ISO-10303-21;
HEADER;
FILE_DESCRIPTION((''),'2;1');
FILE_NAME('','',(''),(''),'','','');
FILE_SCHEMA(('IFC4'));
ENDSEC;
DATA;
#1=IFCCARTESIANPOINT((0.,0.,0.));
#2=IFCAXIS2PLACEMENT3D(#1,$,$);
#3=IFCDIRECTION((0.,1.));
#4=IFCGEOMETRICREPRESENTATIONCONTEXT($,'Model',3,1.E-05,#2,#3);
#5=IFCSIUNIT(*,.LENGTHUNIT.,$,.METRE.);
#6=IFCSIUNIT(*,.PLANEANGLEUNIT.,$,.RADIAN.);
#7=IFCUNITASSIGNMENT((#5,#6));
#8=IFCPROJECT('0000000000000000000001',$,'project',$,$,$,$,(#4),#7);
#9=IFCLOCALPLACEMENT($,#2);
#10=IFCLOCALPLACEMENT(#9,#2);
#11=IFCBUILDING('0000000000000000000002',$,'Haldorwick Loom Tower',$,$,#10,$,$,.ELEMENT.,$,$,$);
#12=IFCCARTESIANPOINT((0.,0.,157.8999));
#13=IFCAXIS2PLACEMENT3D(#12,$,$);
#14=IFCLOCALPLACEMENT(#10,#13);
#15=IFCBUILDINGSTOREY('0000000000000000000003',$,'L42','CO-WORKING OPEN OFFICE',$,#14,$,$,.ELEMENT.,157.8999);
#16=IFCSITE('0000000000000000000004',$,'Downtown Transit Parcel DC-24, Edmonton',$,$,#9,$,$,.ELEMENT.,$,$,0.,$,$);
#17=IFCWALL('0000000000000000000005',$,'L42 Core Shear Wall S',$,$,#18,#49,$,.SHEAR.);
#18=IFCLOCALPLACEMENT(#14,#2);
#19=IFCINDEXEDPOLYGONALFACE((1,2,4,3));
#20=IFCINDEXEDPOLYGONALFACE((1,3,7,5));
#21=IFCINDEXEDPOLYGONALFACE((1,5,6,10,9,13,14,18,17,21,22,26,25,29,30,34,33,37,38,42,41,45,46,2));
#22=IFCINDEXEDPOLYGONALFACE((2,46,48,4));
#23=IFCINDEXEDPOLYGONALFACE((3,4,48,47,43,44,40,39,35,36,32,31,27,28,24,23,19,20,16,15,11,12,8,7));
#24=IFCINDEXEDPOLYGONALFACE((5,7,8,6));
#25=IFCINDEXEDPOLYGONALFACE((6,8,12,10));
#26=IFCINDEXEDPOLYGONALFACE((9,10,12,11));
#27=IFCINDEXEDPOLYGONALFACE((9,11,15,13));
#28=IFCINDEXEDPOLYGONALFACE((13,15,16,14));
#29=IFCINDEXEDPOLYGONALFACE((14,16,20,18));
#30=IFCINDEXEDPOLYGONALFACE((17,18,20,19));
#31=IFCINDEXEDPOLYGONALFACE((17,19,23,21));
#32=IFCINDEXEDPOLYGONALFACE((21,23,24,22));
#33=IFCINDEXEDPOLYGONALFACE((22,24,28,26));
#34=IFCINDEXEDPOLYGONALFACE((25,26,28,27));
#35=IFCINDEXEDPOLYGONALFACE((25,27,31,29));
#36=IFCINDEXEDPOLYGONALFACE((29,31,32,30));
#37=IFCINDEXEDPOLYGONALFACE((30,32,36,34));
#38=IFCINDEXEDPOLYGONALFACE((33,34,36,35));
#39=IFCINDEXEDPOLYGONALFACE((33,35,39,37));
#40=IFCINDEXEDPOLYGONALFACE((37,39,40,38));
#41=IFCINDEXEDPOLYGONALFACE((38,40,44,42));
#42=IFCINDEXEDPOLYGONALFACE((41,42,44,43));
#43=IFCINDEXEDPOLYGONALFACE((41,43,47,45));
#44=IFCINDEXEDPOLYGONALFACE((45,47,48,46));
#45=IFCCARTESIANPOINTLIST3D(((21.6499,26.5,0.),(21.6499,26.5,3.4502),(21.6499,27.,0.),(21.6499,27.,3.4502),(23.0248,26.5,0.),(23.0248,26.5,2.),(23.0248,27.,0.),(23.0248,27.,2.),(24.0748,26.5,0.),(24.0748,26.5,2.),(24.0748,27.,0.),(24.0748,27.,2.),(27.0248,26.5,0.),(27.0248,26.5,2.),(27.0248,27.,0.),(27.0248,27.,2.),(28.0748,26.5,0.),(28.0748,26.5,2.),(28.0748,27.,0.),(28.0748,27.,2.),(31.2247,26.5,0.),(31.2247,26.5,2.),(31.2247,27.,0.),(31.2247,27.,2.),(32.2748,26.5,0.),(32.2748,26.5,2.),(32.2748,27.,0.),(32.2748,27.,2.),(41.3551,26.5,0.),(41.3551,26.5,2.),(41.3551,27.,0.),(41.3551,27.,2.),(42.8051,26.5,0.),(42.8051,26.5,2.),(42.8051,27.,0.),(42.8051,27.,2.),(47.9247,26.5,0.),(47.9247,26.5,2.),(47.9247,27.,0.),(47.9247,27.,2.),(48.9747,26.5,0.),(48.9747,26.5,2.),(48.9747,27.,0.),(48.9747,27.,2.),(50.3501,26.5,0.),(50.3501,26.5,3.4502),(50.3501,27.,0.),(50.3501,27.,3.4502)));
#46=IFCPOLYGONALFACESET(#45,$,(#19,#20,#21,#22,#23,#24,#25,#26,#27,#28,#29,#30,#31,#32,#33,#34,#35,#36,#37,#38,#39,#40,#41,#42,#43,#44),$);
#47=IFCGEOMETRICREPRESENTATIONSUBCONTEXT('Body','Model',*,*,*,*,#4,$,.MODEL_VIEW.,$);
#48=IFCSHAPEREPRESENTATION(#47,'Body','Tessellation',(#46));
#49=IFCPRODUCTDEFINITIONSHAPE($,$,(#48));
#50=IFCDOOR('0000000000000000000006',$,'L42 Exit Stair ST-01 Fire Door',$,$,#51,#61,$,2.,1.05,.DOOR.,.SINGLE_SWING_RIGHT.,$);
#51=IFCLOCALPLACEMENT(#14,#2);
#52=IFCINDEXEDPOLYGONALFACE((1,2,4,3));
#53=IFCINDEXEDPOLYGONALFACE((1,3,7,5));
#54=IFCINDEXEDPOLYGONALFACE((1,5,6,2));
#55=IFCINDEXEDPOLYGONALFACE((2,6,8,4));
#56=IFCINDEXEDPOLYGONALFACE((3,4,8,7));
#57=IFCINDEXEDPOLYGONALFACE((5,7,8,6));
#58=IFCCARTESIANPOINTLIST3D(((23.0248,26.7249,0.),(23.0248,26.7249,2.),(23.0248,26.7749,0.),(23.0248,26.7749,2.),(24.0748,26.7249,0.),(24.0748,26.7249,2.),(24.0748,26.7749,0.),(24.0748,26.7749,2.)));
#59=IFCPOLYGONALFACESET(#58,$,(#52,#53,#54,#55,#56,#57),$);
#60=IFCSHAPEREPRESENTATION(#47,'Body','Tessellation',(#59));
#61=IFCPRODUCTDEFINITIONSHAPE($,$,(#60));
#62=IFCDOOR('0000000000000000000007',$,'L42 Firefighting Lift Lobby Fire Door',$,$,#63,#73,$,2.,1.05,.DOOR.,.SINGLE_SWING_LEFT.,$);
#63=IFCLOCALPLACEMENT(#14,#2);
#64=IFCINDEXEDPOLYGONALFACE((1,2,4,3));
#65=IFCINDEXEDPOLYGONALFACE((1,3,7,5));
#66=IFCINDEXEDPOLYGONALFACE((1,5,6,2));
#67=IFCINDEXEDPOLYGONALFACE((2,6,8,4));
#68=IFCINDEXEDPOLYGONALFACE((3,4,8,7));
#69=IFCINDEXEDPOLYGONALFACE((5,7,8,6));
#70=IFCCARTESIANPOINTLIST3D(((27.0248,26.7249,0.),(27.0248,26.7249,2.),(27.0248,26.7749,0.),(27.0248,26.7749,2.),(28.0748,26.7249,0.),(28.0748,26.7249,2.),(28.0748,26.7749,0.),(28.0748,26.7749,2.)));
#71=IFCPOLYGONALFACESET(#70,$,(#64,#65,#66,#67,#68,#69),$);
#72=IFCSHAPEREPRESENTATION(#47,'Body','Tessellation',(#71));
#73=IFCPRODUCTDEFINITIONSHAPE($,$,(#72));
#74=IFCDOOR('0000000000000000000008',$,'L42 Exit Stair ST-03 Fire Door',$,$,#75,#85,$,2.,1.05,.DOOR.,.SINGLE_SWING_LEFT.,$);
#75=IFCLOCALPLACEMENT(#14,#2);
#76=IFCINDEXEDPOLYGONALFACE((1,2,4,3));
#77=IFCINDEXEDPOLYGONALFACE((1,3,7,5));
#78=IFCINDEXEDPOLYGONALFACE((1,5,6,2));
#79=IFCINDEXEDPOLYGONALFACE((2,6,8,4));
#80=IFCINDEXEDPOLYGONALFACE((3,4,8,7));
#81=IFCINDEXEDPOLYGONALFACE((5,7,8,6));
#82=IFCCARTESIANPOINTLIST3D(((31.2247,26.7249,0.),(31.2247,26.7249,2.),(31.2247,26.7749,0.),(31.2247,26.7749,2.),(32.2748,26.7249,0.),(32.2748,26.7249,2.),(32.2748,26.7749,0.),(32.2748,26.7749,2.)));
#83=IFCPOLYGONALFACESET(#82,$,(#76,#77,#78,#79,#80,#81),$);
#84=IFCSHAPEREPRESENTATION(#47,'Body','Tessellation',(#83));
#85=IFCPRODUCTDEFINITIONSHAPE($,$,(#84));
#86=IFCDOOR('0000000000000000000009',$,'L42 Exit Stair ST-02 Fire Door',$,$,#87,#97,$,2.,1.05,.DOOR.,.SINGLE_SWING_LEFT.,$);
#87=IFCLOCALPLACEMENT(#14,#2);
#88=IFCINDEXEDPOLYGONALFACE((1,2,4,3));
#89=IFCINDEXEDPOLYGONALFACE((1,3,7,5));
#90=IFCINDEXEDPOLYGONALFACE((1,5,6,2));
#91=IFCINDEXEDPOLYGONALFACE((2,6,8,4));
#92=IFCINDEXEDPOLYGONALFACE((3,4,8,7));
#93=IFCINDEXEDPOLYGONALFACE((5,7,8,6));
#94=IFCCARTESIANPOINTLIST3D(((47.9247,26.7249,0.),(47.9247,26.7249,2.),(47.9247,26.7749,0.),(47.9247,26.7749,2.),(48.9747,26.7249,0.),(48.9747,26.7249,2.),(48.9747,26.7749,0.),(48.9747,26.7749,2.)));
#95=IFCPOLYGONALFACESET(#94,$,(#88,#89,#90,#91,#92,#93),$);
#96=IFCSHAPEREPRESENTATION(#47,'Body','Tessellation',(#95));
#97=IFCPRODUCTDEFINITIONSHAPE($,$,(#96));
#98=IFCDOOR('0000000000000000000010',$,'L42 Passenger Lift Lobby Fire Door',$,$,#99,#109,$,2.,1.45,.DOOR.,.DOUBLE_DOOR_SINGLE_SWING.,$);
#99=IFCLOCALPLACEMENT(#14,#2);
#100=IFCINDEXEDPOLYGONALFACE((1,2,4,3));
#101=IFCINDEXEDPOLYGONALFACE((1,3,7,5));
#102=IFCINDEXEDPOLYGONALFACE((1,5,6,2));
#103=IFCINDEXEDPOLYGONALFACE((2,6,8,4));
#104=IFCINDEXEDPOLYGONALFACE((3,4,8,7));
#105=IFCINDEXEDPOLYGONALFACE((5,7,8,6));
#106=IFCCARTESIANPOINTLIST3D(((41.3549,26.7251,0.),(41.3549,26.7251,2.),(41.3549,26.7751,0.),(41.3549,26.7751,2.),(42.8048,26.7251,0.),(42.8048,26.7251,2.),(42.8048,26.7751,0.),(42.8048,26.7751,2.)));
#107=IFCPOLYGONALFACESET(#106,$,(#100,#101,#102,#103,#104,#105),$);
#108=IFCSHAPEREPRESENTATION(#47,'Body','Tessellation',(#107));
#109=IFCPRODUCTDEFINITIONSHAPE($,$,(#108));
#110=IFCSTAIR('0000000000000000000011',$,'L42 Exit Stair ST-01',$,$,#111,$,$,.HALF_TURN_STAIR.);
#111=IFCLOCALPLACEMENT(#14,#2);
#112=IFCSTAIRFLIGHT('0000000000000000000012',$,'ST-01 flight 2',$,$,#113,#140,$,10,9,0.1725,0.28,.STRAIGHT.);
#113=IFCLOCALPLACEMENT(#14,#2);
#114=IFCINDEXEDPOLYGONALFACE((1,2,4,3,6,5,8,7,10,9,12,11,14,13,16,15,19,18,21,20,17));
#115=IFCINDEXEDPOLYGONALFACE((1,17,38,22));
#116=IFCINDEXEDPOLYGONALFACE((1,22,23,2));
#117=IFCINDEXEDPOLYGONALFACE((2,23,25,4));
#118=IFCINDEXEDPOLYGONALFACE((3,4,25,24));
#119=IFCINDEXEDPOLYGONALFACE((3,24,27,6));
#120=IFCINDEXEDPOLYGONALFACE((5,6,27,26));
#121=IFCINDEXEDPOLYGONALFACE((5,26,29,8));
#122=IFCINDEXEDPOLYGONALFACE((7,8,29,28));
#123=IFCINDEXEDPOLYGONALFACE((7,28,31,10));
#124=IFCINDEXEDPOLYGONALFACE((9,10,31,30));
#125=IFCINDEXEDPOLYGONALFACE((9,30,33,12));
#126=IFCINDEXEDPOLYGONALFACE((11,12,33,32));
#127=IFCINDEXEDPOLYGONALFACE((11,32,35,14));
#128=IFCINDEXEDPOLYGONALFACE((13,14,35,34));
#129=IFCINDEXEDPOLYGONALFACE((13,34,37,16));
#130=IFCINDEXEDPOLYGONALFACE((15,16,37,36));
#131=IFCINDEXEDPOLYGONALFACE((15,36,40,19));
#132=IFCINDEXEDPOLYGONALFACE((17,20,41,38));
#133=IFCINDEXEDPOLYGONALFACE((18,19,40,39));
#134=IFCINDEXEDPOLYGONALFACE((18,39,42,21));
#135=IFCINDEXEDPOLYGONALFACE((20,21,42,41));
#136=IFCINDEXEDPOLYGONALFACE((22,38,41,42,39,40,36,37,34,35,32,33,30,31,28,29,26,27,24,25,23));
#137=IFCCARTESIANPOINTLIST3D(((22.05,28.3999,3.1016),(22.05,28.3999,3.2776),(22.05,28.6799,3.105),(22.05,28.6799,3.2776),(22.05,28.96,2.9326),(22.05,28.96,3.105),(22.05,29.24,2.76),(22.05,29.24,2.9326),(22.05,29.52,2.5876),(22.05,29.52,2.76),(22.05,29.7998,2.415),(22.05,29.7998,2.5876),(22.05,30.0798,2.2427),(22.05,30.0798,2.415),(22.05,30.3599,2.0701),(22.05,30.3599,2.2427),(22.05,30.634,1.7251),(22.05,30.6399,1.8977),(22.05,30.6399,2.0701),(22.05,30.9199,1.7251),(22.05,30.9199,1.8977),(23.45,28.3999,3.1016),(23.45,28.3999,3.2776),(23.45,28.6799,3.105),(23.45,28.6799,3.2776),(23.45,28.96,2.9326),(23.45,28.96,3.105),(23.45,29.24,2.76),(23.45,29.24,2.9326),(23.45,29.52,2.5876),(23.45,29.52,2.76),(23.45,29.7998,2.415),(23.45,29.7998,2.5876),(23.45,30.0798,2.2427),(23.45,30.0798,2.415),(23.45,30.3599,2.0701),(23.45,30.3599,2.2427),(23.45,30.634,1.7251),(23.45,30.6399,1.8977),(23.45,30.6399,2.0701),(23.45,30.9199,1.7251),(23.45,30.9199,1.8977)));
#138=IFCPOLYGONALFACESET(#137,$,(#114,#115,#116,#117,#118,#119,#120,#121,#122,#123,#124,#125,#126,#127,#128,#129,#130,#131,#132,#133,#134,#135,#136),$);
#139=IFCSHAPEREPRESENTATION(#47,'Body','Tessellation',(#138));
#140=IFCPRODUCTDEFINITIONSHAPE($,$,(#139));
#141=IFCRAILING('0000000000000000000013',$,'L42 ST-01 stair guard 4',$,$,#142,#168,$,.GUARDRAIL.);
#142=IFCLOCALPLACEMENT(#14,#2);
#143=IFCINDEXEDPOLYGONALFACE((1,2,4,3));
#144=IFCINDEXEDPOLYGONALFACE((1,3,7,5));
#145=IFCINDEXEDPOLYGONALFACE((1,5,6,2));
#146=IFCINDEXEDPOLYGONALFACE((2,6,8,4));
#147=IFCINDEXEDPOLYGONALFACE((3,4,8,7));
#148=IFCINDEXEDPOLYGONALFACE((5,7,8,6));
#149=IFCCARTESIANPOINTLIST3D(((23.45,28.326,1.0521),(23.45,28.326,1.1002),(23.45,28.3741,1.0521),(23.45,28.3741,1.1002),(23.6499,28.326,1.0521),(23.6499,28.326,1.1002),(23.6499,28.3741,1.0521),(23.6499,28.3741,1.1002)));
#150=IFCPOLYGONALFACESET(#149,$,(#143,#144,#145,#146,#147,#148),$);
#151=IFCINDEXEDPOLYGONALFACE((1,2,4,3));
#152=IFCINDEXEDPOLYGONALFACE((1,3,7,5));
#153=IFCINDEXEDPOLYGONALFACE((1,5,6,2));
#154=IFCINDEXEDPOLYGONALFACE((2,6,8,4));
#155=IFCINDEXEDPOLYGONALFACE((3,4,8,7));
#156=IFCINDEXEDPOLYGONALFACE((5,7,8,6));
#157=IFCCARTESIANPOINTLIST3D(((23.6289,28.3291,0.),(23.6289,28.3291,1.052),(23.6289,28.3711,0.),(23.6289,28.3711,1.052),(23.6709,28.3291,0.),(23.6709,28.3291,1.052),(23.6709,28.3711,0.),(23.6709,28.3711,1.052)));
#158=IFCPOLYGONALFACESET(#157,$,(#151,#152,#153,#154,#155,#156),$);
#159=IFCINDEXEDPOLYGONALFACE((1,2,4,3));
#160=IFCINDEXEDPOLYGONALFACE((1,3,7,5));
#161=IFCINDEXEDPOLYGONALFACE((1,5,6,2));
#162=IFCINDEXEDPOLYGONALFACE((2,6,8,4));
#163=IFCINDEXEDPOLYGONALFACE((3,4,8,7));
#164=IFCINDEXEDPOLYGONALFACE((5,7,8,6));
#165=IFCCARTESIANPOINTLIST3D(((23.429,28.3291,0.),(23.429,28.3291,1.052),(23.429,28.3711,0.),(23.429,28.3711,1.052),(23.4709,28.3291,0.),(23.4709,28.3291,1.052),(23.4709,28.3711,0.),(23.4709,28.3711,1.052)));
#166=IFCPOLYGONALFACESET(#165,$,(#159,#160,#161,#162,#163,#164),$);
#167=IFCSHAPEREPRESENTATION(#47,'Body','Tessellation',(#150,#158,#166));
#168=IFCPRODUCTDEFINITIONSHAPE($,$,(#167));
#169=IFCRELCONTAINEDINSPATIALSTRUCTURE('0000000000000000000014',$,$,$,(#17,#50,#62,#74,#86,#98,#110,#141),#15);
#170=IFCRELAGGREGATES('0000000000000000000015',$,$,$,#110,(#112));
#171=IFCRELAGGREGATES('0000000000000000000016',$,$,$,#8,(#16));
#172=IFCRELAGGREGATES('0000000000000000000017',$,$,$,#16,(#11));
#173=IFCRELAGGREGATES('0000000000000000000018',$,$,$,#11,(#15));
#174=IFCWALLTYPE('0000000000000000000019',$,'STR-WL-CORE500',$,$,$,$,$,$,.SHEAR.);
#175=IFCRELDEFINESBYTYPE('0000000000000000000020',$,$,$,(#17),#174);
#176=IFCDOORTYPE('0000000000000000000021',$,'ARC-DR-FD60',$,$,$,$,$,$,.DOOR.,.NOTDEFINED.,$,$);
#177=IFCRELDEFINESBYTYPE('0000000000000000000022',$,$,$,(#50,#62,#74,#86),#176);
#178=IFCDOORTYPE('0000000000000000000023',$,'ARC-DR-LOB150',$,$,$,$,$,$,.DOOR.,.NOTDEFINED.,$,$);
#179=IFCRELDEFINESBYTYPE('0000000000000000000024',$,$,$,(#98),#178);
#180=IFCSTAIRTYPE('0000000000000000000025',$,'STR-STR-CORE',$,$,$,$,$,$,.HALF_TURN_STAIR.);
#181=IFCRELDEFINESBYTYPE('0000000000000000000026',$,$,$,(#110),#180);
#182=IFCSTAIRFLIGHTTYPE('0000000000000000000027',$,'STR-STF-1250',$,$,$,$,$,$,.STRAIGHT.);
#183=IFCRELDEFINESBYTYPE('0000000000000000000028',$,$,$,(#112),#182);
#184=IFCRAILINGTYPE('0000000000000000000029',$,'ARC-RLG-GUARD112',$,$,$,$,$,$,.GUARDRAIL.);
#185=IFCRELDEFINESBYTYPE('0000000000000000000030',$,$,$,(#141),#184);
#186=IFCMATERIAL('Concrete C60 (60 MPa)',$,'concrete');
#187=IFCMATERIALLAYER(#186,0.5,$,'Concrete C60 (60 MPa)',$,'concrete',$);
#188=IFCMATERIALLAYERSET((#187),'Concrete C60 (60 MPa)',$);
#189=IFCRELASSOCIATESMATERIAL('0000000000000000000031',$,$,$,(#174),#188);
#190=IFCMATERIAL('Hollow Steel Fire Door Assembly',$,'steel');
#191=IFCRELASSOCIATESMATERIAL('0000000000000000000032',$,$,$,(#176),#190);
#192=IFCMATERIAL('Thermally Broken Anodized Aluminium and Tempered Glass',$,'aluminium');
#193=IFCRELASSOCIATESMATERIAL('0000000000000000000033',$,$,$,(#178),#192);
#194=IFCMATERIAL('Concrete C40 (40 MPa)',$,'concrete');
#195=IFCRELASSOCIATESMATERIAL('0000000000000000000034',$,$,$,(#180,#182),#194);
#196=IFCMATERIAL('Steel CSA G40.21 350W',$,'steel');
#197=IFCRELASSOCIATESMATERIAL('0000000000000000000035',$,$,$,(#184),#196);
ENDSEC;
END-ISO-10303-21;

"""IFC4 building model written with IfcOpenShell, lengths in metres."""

from ifc_helpers import new_model, si_unit, direction, frame, frame_2d, origin, origin_2d, place, context, subcontext, project, spatial, polyline, rectangle, outline, extrude, material, layer, layer_set, type_object, element, fill, aggregate, save


model = new_model("IFC4")

# Units and contexts
model_context = context("Model", 3, precision=1e-05, world=origin(), true_north=direction((0.0, 1.0)))
body_context = subcontext(model_context, "Body", "Model", "MODEL_VIEW")
ifc_project = project(units=[si_unit("LENGTHUNIT", "METRE"), si_unit("PLANEANGLEUNIT", "RADIAN")], contexts=[model_context])

# Site, building, storey
site_placement = place(None, origin())
site = spatial("IfcSite", under=ifc_project, at=site_placement, Name="Downtown Transit Parcel DC-24, Edmonton", CompositionType="ELEMENT", RefElevation=0.0)
building_placement = place(site_placement, origin())
building = spatial("IfcBuilding", under=site, at=building_placement, Name="Haldorwick Loom Tower", CompositionType="ELEMENT")
storey_placement = place(building_placement, frame((0.0, 0.0, 157.8999)))
storey = spatial("IfcBuildingStorey", under=building, at=storey_placement, Name="L42", Description="CO-WORKING OPEN OFFICE", CompositionType="ELEMENT", Elevation=157.8999)

# Shared definitions
ifc_material_1 = material(Name="Steel CSA G40.21 350W", Category="steel")
ifc_material_2 = material(Name="Concrete C60 (60 MPa)", Category="concrete")

# Wall, openings, doors
ifc_layer_1 = layer(ifc_material_2, 0.5, Name="Concrete C60 (60 MPa)", Category="concrete")
ifc_layer_set_1 = layer_set([ifc_layer_1], Name="Concrete C60 (60 MPa)")
wall_type_1 = type_object("IfcWallType", Name="STR-WL-CORE500", PredefinedType="SHEAR", material=ifc_layer_set_1)
wall_1_placement = place(storey_placement, frame((21.6499, 26.75, 0.0), z_axis=(0.0, 0.0, 1.0), x_axis=(1.0, 0.0, 0.0)))
wall_1 = element("IfcWall", 1, at=wall_1_placement, inside=storey, type_object=wall_type_1, Name="L42 Core Shear Wall S", PredefinedType="SHEAR", context=body_context, shape_type="SweptSolid", body=[
    extrude(rectangle(XDim=28.7002, YDim=0.5, at=frame_2d((14.3501, 0.0))), origin(), (0.0, 0.0, 1.0), 3.4502),
])
opening_1_placement = place(wall_1_placement, frame((1.375, 0.0, 0.0)))
opening_1 = element("IfcOpeningElement", 2, at=opening_1_placement, cuts=wall_1, PredefinedType="OPENING", context=body_context, shape_type="SweptSolid", body=[
    extrude(rectangle(XDim=1.05, YDim=2.0, at=frame_2d((0.5249, 1.0))), frame((0.0, 0.26, 0.0), z_axis=(0.0, -1.0, 0.0), x_axis=(1.0, 0.0, 0.0)), (0.0, 0.0, 1.0), 0.52),
])
opening_2_placement = place(wall_1_placement, frame((5.375, 0.0, 0.0)))
opening_2 = element("IfcOpeningElement", 3, at=opening_2_placement, cuts=wall_1, PredefinedType="OPENING", context=body_context, shape_type="SweptSolid", body=[
    extrude(rectangle(XDim=1.05, YDim=2.0, at=frame_2d((0.5249, 1.0))), frame((0.0, 0.26, 0.0), z_axis=(0.0, -1.0, 0.0), x_axis=(1.0, 0.0, 0.0)), (0.0, 0.0, 1.0), 0.52),
])
opening_3_placement = place(wall_1_placement, frame((9.575, 0.0, 0.0)))
opening_3 = element("IfcOpeningElement", 4, at=opening_3_placement, cuts=wall_1, PredefinedType="OPENING", context=body_context, shape_type="SweptSolid", body=[
    extrude(rectangle(XDim=1.05, YDim=2.0, at=frame_2d((0.5249, 1.0))), frame((0.0, 0.26, 0.0), z_axis=(0.0, -1.0, 0.0), x_axis=(1.0, 0.0, 0.0)), (0.0, 0.0, 1.0), 0.52),
])
opening_4_placement = place(wall_1_placement, frame((19.7051, 0.0, 0.0)))
opening_4 = element("IfcOpeningElement", 5, at=opening_4_placement, cuts=wall_1, PredefinedType="OPENING", context=body_context, shape_type="SweptSolid", body=[
    extrude(rectangle(XDim=1.45, YDim=2.0, at=frame_2d((0.7251, 1.0))), frame((0.0, 0.26, 0.0), z_axis=(0.0, -1.0, 0.0), x_axis=(1.0, 0.0, 0.0)), (0.0, 0.0, 1.0), 0.52),
])
opening_5_placement = place(wall_1_placement, frame((26.2749, 0.0, 0.0)))
opening_5 = element("IfcOpeningElement", 6, at=opening_5_placement, cuts=wall_1, PredefinedType="OPENING", context=body_context, shape_type="SweptSolid", body=[
    extrude(rectangle(XDim=1.05, YDim=2.0, at=frame_2d((0.5249, 1.0))), frame((0.0, 0.26, 0.0), z_axis=(0.0, -1.0, 0.0), x_axis=(1.0, 0.0, 0.0)), (0.0, 0.0, 1.0), 0.52),
])
ifc_material_3 = material(Name="Hollow Steel Fire Door Assembly", Category="steel")
door_type_1 = type_object("IfcDoorType", Name="ARC-DR-FD60", OperationType="NOTDEFINED", PredefinedType="DOOR", material=ifc_material_3)
door_1_placement = place(opening_1_placement, origin())
door_1 = element("IfcDoor", 7, at=door_1_placement, inside=storey, type_object=door_type_1, Name="L42 Exit Stair ST-01 Fire Door", OperationType="SINGLE_SWING_RIGHT", OverallHeight=2.0, OverallWidth=1.05, PredefinedType="DOOR", context=body_context, shape_type="SweptSolid", body=[
    extrude(rectangle(XDim=1.05, YDim=2.0, at=frame_2d((0.5249, 1.0))), frame((0.0, 0.0249, 0.0), z_axis=(0.0, -1.0, 0.0), x_axis=(1.0, 0.0, 0.0)), (0.0, 0.0, 1.0), 0.05),
])
fill(opening_1, door_1)
door_2_placement = place(opening_2_placement, origin())
door_2 = element("IfcDoor", 8, at=door_2_placement, inside=storey, type_object=door_type_1, Name="L42 Firefighting Lift Lobby Fire Door", OperationType="SINGLE_SWING_LEFT", OverallHeight=2.0, OverallWidth=1.05, PredefinedType="DOOR", context=body_context, shape_type="SweptSolid", body=[
    extrude(rectangle(XDim=1.05, YDim=2.0, at=frame_2d((0.5249, 1.0))), frame((0.0, 0.0249, 0.0), z_axis=(0.0, -1.0, 0.0), x_axis=(1.0, 0.0, 0.0)), (0.0, 0.0, 1.0), 0.05),
])
fill(opening_2, door_2)
door_3_placement = place(opening_3_placement, origin())
door_3 = element("IfcDoor", 9, at=door_3_placement, inside=storey, type_object=door_type_1, Name="L42 Exit Stair ST-03 Fire Door", OperationType="SINGLE_SWING_LEFT", OverallHeight=2.0, OverallWidth=1.05, PredefinedType="DOOR", context=body_context, shape_type="SweptSolid", body=[
    extrude(rectangle(XDim=1.05, YDim=2.0, at=frame_2d((0.5249, 1.0))), frame((0.0, 0.0249, 0.0), z_axis=(0.0, -1.0, 0.0), x_axis=(1.0, 0.0, 0.0)), (0.0, 0.0, 1.0), 0.05),
])
fill(opening_3, door_3)
door_4_placement = place(opening_5_placement, origin())
door_4 = element("IfcDoor", 10, at=door_4_placement, inside=storey, type_object=door_type_1, Name="L42 Exit Stair ST-02 Fire Door", OperationType="SINGLE_SWING_LEFT", OverallHeight=2.0, OverallWidth=1.05, PredefinedType="DOOR", context=body_context, shape_type="SweptSolid", body=[
    extrude(rectangle(XDim=1.05, YDim=2.0, at=frame_2d((0.5249, 1.0))), frame((0.0, 0.0249, 0.0), z_axis=(0.0, -1.0, 0.0), x_axis=(1.0, 0.0, 0.0)), (0.0, 0.0, 1.0), 0.05),
])
fill(opening_5, door_4)
ifc_material_4 = material(Name="Thermally Broken Anodized Aluminium and Tempered Glass", Category="aluminium")
door_type_2 = type_object("IfcDoorType", Name="ARC-DR-LOB150", OperationType="NOTDEFINED", PredefinedType="DOOR", material=ifc_material_4)
door_5_placement = place(opening_4_placement, frame((1.45, 0.0, 0.0), z_axis=(0.0, 0.0, 1.0), x_axis=(-1.0, 0.0, 0.0)))
door_5 = element("IfcDoor", 11, at=door_5_placement, inside=storey, type_object=door_type_2, Name="L42 Passenger Lift Lobby Fire Door", OperationType="DOUBLE_DOOR_SINGLE_SWING", OverallHeight=2.0, OverallWidth=1.45, PredefinedType="DOOR", context=body_context, shape_type="SweptSolid", body=[
    extrude(rectangle(XDim=1.45, YDim=2.0, at=frame_2d((0.7251, 1.0))), frame((0.0, 0.0249, 0.0), z_axis=(0.0, -1.0, 0.0), x_axis=(1.0, 0.0, 0.0)), (0.0, 0.0, 1.0), 0.05),
])
fill(opening_4, door_5)

# Stair, stair flight
ifc_material_5 = material(Name="Concrete C40 (40 MPa)", Category="concrete")
stair_type = type_object("IfcStairType", Name="STR-STR-CORE", PredefinedType="HALF_TURN_STAIR", material=ifc_material_5)
stair_placement = place(storey_placement, origin())
stair = element("IfcStair", 12, at=stair_placement, inside=storey, type_object=stair_type, Name="L42 Exit Stair ST-01", PredefinedType="HALF_TURN_STAIR")
stair_flight_type = type_object("IfcStairFlightType", Name="STR-STF-1250", PredefinedType="STRAIGHT", material=ifc_material_5)
stair_flight_placement = place(storey_placement, frame((22.75, 30.9199, 1.7251), z_axis=(0.0, 0.0, 1.0), x_axis=(0.0, -1.0, 0.0)))
stair_flight = element("IfcStairFlight", 13, at=stair_flight_placement, type_object=stair_flight_type, Name="ST-01 flight 2", NumberOfRisers=10, NumberOfTreads=9, PredefinedType="STRAIGHT", RiserHeight=0.1725, TreadLength=0.28, context=body_context, shape_type="SweptSolid", body=[
    extrude(outline(polyline([(0.0, 0.0), (0.0, 0.1726), (0.28, 0.1726), (0.28, 0.345), (0.5601, 0.345), (0.5601, 0.5176), (0.8401, 0.5176), (0.8401, 0.6899), (1.1201, 0.6899), (1.1201, 0.8625), (1.3999, 0.8625), (1.3999, 1.0349), (1.6799, 1.0349), (1.6799, 1.2075), (1.96, 1.2075), (1.96, 1.3799), (2.24, 1.3799), (2.24, 1.5525), (2.52, 1.5525), (2.52, 1.7251), (2.52, 1.3765), (0.2859, 0.0), (0.0, 0.0)])), frame((0.0, 0.7, 0.0), z_axis=(0.0, -1.0, 0.0), x_axis=(1.0, 0.0, 0.0)), (0.0, 0.0, 1.0), 1.3999),
])
aggregate(stair, [stair_flight])

# Railing
railing_type_1 = type_object("IfcRailingType", Name="ARC-RLG-GUARD112", PredefinedType="GUARDRAIL", material=ifc_material_1)
railing_1_placement = place(storey_placement, frame((23.6499, 28.3501, 0.0)))
element("IfcRailing", 14, at=railing_1_placement, inside=storey, type_object=railing_type_1, Name="L42 ST-01 stair guard 4", PredefinedType="GUARDRAIL", context=body_context, shape_type="SweptSolid", body=[
    extrude(rectangle(XDim=0.0481, YDim=0.0481, at=origin_2d()), frame((0.0, 0.0, 1.0762), z_axis=(-1.0, 0.0, 0.0), x_axis=(0.0, -1.0, 0.0)), (0.0, 0.0, 1.0), 0.2),
    extrude(rectangle(XDim=0.042, YDim=0.042, at=origin_2d()), origin(), (0.0, 0.0, 1.0), 1.052),
    extrude(rectangle(XDim=0.042, YDim=0.042, at=origin_2d()), frame((-0.2, 0.0, 0.0)), (0.0, 0.0, 1.0), 1.052),
])

save(model, "model.ifc")
